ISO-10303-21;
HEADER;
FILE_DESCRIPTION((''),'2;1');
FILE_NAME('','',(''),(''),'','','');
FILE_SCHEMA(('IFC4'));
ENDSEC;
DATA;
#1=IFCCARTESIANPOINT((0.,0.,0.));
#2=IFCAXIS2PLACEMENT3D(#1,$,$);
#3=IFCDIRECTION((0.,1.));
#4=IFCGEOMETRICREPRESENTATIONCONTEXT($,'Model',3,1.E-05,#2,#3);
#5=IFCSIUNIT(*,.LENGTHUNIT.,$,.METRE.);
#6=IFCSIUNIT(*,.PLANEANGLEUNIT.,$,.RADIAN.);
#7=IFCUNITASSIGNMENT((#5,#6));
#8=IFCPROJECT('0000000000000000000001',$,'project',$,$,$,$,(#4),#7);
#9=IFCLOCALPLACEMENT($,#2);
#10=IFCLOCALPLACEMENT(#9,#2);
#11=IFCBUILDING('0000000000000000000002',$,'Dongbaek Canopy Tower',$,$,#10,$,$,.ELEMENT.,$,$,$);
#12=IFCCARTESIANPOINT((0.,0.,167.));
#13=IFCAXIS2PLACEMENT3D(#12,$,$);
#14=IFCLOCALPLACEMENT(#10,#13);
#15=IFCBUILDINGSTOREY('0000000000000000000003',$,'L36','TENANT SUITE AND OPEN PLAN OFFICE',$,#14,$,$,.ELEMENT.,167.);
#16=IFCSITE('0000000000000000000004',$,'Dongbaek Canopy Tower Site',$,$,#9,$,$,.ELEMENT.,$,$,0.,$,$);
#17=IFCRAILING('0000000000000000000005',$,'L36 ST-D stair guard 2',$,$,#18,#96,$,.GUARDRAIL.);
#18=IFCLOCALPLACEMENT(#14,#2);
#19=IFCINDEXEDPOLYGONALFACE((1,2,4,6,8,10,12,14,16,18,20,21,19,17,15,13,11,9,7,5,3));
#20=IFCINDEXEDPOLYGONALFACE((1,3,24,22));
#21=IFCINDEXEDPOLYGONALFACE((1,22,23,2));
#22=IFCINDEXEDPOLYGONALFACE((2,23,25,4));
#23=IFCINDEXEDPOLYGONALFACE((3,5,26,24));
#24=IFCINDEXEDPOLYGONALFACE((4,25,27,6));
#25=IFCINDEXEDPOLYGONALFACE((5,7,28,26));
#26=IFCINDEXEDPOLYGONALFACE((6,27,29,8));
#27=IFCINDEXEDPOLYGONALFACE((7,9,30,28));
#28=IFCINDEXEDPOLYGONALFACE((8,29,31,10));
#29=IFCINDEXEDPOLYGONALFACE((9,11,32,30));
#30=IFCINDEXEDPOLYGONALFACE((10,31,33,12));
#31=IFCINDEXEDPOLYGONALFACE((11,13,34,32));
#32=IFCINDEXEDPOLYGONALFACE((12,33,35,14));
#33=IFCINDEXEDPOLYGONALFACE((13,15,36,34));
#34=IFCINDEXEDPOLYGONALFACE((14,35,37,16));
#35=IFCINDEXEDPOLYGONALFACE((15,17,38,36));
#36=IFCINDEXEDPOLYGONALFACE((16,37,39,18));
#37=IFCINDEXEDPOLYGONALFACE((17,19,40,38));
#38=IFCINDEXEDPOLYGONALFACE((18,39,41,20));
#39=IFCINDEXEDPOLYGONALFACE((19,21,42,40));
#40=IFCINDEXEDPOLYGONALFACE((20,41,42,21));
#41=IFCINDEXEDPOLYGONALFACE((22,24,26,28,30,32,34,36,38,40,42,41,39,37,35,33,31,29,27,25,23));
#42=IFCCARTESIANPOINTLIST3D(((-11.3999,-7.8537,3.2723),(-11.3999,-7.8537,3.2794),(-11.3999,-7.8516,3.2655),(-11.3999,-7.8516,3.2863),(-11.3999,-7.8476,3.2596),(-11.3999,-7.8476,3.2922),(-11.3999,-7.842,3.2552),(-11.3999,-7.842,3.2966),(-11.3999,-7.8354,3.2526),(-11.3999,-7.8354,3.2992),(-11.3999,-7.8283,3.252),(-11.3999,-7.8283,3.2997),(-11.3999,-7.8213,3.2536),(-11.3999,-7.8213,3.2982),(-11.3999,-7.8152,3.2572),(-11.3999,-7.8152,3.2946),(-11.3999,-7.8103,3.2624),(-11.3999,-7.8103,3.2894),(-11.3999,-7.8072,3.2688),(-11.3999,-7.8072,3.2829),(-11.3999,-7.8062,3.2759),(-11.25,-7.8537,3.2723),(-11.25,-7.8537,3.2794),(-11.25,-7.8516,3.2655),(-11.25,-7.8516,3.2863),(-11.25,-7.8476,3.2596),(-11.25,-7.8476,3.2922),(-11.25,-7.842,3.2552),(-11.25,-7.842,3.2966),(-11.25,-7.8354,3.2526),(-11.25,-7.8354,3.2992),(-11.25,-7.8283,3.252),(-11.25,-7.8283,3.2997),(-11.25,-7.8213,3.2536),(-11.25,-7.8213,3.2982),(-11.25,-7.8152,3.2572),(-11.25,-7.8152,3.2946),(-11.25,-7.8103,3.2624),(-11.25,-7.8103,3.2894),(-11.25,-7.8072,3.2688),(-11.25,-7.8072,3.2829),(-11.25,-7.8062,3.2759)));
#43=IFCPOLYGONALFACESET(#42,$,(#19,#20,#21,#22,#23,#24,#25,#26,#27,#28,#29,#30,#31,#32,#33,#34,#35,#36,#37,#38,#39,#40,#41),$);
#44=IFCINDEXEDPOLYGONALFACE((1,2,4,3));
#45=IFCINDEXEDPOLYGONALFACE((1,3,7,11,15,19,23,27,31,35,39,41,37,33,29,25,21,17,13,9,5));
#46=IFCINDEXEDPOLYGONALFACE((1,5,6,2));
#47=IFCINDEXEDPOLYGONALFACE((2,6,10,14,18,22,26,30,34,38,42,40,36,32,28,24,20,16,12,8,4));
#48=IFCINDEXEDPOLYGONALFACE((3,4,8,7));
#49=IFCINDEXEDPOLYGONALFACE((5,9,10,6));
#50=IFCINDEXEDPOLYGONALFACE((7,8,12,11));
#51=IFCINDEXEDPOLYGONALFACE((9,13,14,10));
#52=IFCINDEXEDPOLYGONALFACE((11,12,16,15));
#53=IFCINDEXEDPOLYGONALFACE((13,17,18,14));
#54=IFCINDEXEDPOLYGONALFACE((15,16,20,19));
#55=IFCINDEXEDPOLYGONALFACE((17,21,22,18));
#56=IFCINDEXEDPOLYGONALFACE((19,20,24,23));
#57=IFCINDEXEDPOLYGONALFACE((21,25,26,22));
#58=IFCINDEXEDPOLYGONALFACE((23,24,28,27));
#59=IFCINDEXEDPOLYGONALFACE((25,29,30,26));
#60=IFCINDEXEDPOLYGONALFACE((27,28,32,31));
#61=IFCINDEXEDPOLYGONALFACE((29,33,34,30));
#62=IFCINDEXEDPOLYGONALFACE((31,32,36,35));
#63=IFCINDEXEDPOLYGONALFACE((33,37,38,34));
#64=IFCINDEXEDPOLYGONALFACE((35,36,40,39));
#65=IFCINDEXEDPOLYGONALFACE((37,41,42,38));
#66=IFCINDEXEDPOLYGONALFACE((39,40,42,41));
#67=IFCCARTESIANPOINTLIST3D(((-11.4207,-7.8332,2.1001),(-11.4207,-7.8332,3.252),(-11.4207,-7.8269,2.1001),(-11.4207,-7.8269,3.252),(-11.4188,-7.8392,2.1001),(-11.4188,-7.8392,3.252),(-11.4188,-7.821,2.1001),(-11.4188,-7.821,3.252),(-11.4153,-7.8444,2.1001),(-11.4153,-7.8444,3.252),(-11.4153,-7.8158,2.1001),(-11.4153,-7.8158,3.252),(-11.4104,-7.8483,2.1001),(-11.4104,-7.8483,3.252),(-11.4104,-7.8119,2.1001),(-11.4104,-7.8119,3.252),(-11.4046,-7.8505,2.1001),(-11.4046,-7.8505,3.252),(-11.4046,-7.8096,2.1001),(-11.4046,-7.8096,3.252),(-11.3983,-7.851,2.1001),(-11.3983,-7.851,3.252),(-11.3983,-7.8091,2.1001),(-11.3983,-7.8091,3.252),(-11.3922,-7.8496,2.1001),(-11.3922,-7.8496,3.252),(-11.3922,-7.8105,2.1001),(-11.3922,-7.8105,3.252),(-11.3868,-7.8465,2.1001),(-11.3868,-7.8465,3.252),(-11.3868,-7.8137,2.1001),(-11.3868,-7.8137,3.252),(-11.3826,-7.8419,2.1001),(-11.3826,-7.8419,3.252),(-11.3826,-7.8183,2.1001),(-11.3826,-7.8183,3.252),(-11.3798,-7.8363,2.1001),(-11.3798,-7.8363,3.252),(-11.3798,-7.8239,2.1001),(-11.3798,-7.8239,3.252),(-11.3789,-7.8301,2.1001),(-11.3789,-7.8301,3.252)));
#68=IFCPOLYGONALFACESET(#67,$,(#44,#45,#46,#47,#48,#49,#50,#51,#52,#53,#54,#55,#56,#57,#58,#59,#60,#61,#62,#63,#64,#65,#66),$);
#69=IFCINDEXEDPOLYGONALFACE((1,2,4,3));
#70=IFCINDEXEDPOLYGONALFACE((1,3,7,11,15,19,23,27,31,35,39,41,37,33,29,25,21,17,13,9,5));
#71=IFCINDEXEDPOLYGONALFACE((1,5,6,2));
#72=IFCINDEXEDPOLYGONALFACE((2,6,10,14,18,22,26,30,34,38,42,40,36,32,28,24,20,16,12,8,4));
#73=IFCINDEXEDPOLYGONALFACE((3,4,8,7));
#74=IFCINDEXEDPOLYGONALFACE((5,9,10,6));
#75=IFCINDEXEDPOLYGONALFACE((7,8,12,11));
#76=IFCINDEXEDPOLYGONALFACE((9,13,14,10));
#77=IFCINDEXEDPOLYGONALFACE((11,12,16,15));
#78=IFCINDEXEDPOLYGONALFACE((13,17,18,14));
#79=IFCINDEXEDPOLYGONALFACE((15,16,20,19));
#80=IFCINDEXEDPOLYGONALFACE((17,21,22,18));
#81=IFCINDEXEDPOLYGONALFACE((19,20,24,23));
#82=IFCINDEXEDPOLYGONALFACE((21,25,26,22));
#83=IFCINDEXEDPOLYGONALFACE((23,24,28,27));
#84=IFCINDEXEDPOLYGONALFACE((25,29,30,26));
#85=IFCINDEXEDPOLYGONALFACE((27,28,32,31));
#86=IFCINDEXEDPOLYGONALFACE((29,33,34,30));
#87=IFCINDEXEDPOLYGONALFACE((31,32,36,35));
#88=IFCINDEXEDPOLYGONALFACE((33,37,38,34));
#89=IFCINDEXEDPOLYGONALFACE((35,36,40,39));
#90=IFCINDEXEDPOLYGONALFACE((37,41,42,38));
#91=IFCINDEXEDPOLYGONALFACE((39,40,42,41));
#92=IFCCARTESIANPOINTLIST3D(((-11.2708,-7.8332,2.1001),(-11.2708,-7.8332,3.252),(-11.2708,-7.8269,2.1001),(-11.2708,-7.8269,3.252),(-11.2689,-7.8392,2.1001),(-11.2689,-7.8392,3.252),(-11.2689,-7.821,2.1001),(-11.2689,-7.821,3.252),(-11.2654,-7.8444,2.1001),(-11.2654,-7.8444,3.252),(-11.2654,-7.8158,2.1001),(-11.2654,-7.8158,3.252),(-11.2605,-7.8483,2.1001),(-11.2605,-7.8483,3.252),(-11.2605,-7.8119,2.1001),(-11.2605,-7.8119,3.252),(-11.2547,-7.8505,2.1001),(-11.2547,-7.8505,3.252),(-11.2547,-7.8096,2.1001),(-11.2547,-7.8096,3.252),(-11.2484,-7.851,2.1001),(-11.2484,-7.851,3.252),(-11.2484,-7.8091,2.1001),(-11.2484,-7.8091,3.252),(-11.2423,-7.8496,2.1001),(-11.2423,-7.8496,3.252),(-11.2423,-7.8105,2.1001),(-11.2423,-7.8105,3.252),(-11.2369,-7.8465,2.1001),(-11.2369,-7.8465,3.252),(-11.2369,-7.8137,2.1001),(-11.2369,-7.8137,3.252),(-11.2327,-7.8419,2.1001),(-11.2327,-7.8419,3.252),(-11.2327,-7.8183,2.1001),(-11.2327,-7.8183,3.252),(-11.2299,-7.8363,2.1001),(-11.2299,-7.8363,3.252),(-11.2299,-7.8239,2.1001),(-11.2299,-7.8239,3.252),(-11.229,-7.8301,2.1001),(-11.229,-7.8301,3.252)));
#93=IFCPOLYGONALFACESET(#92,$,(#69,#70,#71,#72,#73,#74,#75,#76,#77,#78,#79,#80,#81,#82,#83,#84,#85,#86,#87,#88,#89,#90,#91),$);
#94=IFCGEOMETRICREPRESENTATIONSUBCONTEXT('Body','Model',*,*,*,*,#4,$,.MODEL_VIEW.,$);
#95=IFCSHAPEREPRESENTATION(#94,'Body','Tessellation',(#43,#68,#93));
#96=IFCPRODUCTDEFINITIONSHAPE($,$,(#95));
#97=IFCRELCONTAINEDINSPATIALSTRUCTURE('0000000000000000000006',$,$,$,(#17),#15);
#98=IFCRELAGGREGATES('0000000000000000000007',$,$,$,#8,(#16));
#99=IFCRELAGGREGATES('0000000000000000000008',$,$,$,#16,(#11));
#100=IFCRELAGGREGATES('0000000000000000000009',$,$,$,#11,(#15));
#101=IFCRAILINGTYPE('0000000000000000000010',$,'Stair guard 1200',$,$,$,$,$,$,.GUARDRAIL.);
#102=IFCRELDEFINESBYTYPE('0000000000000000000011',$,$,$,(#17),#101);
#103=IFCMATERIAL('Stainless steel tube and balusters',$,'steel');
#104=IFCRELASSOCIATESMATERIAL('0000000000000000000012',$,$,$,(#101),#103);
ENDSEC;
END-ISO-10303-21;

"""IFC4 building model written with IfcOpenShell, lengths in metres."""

from ifc_helpers import new_model, si_unit, direction, frame, origin, origin_2d, place, context, subcontext, project, spatial, circle, extrude, material, type_object, element, save


model = new_model("IFC4")

# Units and contexts
model_context = context("Model", 3, precision=1e-05, world=origin(), true_north=direction((0.0, 1.0)))
body_context = subcontext(model_context, "Body", "Model", "MODEL_VIEW")
ifc_project = project(units=[si_unit("LENGTHUNIT", "METRE"), si_unit("PLANEANGLEUNIT", "RADIAN")], contexts=[model_context])

# Site, building, storey
site_placement = place(None, origin())
site = spatial("IfcSite", under=ifc_project, at=site_placement, Name="Dongbaek Canopy Tower Site", CompositionType="ELEMENT", RefElevation=0.0)
building_placement = place(site_placement, origin())
building = spatial("IfcBuilding", under=site, at=building_placement, Name="Dongbaek Canopy Tower", CompositionType="ELEMENT")
storey_placement = place(building_placement, frame((0.0, 0.0, 167.0)))
storey = spatial("IfcBuildingStorey", under=building, at=storey_placement, Name="L36", Description="TENANT SUITE AND OPEN PLAN OFFICE", CompositionType="ELEMENT", Elevation=167.0)

# Railing
ifc_material_1 = material(Name="Stainless steel tube and balusters", Category="steel")
railing_type_1 = type_object("IfcRailingType", Name="Stair guard 1200", PredefinedType="GUARDRAIL", material=ifc_material_1)
railing_1_placement = place(storey_placement, frame((-11.3999, -7.8301, 2.1001)))
element("IfcRailing", 1, at=railing_1_placement, inside=storey, type_object=railing_type_1, Name="L36 ST-D stair guard 2", PredefinedType="GUARDRAIL", context=body_context, shape_type="SweptSolid", body=[
    extrude(circle(Radius=0.0239, at=origin_2d()), frame((0.0, 0.0, 1.1758), z_axis=(1.0, 0.0, 0.0), x_axis=(0.0, 1.0, 0.0)), (0.0, 0.0, 1.0), 0.1499),
    extrude(circle(Radius=0.021, at=origin_2d()), origin(), (0.0, 0.0, 1.0), 1.1519),
    extrude(circle(Radius=0.021, at=origin_2d()), frame((0.1499, 0.0, 0.0)), (0.0, 0.0, 1.0), 1.1519),
])

save(model, "model.ifc")
